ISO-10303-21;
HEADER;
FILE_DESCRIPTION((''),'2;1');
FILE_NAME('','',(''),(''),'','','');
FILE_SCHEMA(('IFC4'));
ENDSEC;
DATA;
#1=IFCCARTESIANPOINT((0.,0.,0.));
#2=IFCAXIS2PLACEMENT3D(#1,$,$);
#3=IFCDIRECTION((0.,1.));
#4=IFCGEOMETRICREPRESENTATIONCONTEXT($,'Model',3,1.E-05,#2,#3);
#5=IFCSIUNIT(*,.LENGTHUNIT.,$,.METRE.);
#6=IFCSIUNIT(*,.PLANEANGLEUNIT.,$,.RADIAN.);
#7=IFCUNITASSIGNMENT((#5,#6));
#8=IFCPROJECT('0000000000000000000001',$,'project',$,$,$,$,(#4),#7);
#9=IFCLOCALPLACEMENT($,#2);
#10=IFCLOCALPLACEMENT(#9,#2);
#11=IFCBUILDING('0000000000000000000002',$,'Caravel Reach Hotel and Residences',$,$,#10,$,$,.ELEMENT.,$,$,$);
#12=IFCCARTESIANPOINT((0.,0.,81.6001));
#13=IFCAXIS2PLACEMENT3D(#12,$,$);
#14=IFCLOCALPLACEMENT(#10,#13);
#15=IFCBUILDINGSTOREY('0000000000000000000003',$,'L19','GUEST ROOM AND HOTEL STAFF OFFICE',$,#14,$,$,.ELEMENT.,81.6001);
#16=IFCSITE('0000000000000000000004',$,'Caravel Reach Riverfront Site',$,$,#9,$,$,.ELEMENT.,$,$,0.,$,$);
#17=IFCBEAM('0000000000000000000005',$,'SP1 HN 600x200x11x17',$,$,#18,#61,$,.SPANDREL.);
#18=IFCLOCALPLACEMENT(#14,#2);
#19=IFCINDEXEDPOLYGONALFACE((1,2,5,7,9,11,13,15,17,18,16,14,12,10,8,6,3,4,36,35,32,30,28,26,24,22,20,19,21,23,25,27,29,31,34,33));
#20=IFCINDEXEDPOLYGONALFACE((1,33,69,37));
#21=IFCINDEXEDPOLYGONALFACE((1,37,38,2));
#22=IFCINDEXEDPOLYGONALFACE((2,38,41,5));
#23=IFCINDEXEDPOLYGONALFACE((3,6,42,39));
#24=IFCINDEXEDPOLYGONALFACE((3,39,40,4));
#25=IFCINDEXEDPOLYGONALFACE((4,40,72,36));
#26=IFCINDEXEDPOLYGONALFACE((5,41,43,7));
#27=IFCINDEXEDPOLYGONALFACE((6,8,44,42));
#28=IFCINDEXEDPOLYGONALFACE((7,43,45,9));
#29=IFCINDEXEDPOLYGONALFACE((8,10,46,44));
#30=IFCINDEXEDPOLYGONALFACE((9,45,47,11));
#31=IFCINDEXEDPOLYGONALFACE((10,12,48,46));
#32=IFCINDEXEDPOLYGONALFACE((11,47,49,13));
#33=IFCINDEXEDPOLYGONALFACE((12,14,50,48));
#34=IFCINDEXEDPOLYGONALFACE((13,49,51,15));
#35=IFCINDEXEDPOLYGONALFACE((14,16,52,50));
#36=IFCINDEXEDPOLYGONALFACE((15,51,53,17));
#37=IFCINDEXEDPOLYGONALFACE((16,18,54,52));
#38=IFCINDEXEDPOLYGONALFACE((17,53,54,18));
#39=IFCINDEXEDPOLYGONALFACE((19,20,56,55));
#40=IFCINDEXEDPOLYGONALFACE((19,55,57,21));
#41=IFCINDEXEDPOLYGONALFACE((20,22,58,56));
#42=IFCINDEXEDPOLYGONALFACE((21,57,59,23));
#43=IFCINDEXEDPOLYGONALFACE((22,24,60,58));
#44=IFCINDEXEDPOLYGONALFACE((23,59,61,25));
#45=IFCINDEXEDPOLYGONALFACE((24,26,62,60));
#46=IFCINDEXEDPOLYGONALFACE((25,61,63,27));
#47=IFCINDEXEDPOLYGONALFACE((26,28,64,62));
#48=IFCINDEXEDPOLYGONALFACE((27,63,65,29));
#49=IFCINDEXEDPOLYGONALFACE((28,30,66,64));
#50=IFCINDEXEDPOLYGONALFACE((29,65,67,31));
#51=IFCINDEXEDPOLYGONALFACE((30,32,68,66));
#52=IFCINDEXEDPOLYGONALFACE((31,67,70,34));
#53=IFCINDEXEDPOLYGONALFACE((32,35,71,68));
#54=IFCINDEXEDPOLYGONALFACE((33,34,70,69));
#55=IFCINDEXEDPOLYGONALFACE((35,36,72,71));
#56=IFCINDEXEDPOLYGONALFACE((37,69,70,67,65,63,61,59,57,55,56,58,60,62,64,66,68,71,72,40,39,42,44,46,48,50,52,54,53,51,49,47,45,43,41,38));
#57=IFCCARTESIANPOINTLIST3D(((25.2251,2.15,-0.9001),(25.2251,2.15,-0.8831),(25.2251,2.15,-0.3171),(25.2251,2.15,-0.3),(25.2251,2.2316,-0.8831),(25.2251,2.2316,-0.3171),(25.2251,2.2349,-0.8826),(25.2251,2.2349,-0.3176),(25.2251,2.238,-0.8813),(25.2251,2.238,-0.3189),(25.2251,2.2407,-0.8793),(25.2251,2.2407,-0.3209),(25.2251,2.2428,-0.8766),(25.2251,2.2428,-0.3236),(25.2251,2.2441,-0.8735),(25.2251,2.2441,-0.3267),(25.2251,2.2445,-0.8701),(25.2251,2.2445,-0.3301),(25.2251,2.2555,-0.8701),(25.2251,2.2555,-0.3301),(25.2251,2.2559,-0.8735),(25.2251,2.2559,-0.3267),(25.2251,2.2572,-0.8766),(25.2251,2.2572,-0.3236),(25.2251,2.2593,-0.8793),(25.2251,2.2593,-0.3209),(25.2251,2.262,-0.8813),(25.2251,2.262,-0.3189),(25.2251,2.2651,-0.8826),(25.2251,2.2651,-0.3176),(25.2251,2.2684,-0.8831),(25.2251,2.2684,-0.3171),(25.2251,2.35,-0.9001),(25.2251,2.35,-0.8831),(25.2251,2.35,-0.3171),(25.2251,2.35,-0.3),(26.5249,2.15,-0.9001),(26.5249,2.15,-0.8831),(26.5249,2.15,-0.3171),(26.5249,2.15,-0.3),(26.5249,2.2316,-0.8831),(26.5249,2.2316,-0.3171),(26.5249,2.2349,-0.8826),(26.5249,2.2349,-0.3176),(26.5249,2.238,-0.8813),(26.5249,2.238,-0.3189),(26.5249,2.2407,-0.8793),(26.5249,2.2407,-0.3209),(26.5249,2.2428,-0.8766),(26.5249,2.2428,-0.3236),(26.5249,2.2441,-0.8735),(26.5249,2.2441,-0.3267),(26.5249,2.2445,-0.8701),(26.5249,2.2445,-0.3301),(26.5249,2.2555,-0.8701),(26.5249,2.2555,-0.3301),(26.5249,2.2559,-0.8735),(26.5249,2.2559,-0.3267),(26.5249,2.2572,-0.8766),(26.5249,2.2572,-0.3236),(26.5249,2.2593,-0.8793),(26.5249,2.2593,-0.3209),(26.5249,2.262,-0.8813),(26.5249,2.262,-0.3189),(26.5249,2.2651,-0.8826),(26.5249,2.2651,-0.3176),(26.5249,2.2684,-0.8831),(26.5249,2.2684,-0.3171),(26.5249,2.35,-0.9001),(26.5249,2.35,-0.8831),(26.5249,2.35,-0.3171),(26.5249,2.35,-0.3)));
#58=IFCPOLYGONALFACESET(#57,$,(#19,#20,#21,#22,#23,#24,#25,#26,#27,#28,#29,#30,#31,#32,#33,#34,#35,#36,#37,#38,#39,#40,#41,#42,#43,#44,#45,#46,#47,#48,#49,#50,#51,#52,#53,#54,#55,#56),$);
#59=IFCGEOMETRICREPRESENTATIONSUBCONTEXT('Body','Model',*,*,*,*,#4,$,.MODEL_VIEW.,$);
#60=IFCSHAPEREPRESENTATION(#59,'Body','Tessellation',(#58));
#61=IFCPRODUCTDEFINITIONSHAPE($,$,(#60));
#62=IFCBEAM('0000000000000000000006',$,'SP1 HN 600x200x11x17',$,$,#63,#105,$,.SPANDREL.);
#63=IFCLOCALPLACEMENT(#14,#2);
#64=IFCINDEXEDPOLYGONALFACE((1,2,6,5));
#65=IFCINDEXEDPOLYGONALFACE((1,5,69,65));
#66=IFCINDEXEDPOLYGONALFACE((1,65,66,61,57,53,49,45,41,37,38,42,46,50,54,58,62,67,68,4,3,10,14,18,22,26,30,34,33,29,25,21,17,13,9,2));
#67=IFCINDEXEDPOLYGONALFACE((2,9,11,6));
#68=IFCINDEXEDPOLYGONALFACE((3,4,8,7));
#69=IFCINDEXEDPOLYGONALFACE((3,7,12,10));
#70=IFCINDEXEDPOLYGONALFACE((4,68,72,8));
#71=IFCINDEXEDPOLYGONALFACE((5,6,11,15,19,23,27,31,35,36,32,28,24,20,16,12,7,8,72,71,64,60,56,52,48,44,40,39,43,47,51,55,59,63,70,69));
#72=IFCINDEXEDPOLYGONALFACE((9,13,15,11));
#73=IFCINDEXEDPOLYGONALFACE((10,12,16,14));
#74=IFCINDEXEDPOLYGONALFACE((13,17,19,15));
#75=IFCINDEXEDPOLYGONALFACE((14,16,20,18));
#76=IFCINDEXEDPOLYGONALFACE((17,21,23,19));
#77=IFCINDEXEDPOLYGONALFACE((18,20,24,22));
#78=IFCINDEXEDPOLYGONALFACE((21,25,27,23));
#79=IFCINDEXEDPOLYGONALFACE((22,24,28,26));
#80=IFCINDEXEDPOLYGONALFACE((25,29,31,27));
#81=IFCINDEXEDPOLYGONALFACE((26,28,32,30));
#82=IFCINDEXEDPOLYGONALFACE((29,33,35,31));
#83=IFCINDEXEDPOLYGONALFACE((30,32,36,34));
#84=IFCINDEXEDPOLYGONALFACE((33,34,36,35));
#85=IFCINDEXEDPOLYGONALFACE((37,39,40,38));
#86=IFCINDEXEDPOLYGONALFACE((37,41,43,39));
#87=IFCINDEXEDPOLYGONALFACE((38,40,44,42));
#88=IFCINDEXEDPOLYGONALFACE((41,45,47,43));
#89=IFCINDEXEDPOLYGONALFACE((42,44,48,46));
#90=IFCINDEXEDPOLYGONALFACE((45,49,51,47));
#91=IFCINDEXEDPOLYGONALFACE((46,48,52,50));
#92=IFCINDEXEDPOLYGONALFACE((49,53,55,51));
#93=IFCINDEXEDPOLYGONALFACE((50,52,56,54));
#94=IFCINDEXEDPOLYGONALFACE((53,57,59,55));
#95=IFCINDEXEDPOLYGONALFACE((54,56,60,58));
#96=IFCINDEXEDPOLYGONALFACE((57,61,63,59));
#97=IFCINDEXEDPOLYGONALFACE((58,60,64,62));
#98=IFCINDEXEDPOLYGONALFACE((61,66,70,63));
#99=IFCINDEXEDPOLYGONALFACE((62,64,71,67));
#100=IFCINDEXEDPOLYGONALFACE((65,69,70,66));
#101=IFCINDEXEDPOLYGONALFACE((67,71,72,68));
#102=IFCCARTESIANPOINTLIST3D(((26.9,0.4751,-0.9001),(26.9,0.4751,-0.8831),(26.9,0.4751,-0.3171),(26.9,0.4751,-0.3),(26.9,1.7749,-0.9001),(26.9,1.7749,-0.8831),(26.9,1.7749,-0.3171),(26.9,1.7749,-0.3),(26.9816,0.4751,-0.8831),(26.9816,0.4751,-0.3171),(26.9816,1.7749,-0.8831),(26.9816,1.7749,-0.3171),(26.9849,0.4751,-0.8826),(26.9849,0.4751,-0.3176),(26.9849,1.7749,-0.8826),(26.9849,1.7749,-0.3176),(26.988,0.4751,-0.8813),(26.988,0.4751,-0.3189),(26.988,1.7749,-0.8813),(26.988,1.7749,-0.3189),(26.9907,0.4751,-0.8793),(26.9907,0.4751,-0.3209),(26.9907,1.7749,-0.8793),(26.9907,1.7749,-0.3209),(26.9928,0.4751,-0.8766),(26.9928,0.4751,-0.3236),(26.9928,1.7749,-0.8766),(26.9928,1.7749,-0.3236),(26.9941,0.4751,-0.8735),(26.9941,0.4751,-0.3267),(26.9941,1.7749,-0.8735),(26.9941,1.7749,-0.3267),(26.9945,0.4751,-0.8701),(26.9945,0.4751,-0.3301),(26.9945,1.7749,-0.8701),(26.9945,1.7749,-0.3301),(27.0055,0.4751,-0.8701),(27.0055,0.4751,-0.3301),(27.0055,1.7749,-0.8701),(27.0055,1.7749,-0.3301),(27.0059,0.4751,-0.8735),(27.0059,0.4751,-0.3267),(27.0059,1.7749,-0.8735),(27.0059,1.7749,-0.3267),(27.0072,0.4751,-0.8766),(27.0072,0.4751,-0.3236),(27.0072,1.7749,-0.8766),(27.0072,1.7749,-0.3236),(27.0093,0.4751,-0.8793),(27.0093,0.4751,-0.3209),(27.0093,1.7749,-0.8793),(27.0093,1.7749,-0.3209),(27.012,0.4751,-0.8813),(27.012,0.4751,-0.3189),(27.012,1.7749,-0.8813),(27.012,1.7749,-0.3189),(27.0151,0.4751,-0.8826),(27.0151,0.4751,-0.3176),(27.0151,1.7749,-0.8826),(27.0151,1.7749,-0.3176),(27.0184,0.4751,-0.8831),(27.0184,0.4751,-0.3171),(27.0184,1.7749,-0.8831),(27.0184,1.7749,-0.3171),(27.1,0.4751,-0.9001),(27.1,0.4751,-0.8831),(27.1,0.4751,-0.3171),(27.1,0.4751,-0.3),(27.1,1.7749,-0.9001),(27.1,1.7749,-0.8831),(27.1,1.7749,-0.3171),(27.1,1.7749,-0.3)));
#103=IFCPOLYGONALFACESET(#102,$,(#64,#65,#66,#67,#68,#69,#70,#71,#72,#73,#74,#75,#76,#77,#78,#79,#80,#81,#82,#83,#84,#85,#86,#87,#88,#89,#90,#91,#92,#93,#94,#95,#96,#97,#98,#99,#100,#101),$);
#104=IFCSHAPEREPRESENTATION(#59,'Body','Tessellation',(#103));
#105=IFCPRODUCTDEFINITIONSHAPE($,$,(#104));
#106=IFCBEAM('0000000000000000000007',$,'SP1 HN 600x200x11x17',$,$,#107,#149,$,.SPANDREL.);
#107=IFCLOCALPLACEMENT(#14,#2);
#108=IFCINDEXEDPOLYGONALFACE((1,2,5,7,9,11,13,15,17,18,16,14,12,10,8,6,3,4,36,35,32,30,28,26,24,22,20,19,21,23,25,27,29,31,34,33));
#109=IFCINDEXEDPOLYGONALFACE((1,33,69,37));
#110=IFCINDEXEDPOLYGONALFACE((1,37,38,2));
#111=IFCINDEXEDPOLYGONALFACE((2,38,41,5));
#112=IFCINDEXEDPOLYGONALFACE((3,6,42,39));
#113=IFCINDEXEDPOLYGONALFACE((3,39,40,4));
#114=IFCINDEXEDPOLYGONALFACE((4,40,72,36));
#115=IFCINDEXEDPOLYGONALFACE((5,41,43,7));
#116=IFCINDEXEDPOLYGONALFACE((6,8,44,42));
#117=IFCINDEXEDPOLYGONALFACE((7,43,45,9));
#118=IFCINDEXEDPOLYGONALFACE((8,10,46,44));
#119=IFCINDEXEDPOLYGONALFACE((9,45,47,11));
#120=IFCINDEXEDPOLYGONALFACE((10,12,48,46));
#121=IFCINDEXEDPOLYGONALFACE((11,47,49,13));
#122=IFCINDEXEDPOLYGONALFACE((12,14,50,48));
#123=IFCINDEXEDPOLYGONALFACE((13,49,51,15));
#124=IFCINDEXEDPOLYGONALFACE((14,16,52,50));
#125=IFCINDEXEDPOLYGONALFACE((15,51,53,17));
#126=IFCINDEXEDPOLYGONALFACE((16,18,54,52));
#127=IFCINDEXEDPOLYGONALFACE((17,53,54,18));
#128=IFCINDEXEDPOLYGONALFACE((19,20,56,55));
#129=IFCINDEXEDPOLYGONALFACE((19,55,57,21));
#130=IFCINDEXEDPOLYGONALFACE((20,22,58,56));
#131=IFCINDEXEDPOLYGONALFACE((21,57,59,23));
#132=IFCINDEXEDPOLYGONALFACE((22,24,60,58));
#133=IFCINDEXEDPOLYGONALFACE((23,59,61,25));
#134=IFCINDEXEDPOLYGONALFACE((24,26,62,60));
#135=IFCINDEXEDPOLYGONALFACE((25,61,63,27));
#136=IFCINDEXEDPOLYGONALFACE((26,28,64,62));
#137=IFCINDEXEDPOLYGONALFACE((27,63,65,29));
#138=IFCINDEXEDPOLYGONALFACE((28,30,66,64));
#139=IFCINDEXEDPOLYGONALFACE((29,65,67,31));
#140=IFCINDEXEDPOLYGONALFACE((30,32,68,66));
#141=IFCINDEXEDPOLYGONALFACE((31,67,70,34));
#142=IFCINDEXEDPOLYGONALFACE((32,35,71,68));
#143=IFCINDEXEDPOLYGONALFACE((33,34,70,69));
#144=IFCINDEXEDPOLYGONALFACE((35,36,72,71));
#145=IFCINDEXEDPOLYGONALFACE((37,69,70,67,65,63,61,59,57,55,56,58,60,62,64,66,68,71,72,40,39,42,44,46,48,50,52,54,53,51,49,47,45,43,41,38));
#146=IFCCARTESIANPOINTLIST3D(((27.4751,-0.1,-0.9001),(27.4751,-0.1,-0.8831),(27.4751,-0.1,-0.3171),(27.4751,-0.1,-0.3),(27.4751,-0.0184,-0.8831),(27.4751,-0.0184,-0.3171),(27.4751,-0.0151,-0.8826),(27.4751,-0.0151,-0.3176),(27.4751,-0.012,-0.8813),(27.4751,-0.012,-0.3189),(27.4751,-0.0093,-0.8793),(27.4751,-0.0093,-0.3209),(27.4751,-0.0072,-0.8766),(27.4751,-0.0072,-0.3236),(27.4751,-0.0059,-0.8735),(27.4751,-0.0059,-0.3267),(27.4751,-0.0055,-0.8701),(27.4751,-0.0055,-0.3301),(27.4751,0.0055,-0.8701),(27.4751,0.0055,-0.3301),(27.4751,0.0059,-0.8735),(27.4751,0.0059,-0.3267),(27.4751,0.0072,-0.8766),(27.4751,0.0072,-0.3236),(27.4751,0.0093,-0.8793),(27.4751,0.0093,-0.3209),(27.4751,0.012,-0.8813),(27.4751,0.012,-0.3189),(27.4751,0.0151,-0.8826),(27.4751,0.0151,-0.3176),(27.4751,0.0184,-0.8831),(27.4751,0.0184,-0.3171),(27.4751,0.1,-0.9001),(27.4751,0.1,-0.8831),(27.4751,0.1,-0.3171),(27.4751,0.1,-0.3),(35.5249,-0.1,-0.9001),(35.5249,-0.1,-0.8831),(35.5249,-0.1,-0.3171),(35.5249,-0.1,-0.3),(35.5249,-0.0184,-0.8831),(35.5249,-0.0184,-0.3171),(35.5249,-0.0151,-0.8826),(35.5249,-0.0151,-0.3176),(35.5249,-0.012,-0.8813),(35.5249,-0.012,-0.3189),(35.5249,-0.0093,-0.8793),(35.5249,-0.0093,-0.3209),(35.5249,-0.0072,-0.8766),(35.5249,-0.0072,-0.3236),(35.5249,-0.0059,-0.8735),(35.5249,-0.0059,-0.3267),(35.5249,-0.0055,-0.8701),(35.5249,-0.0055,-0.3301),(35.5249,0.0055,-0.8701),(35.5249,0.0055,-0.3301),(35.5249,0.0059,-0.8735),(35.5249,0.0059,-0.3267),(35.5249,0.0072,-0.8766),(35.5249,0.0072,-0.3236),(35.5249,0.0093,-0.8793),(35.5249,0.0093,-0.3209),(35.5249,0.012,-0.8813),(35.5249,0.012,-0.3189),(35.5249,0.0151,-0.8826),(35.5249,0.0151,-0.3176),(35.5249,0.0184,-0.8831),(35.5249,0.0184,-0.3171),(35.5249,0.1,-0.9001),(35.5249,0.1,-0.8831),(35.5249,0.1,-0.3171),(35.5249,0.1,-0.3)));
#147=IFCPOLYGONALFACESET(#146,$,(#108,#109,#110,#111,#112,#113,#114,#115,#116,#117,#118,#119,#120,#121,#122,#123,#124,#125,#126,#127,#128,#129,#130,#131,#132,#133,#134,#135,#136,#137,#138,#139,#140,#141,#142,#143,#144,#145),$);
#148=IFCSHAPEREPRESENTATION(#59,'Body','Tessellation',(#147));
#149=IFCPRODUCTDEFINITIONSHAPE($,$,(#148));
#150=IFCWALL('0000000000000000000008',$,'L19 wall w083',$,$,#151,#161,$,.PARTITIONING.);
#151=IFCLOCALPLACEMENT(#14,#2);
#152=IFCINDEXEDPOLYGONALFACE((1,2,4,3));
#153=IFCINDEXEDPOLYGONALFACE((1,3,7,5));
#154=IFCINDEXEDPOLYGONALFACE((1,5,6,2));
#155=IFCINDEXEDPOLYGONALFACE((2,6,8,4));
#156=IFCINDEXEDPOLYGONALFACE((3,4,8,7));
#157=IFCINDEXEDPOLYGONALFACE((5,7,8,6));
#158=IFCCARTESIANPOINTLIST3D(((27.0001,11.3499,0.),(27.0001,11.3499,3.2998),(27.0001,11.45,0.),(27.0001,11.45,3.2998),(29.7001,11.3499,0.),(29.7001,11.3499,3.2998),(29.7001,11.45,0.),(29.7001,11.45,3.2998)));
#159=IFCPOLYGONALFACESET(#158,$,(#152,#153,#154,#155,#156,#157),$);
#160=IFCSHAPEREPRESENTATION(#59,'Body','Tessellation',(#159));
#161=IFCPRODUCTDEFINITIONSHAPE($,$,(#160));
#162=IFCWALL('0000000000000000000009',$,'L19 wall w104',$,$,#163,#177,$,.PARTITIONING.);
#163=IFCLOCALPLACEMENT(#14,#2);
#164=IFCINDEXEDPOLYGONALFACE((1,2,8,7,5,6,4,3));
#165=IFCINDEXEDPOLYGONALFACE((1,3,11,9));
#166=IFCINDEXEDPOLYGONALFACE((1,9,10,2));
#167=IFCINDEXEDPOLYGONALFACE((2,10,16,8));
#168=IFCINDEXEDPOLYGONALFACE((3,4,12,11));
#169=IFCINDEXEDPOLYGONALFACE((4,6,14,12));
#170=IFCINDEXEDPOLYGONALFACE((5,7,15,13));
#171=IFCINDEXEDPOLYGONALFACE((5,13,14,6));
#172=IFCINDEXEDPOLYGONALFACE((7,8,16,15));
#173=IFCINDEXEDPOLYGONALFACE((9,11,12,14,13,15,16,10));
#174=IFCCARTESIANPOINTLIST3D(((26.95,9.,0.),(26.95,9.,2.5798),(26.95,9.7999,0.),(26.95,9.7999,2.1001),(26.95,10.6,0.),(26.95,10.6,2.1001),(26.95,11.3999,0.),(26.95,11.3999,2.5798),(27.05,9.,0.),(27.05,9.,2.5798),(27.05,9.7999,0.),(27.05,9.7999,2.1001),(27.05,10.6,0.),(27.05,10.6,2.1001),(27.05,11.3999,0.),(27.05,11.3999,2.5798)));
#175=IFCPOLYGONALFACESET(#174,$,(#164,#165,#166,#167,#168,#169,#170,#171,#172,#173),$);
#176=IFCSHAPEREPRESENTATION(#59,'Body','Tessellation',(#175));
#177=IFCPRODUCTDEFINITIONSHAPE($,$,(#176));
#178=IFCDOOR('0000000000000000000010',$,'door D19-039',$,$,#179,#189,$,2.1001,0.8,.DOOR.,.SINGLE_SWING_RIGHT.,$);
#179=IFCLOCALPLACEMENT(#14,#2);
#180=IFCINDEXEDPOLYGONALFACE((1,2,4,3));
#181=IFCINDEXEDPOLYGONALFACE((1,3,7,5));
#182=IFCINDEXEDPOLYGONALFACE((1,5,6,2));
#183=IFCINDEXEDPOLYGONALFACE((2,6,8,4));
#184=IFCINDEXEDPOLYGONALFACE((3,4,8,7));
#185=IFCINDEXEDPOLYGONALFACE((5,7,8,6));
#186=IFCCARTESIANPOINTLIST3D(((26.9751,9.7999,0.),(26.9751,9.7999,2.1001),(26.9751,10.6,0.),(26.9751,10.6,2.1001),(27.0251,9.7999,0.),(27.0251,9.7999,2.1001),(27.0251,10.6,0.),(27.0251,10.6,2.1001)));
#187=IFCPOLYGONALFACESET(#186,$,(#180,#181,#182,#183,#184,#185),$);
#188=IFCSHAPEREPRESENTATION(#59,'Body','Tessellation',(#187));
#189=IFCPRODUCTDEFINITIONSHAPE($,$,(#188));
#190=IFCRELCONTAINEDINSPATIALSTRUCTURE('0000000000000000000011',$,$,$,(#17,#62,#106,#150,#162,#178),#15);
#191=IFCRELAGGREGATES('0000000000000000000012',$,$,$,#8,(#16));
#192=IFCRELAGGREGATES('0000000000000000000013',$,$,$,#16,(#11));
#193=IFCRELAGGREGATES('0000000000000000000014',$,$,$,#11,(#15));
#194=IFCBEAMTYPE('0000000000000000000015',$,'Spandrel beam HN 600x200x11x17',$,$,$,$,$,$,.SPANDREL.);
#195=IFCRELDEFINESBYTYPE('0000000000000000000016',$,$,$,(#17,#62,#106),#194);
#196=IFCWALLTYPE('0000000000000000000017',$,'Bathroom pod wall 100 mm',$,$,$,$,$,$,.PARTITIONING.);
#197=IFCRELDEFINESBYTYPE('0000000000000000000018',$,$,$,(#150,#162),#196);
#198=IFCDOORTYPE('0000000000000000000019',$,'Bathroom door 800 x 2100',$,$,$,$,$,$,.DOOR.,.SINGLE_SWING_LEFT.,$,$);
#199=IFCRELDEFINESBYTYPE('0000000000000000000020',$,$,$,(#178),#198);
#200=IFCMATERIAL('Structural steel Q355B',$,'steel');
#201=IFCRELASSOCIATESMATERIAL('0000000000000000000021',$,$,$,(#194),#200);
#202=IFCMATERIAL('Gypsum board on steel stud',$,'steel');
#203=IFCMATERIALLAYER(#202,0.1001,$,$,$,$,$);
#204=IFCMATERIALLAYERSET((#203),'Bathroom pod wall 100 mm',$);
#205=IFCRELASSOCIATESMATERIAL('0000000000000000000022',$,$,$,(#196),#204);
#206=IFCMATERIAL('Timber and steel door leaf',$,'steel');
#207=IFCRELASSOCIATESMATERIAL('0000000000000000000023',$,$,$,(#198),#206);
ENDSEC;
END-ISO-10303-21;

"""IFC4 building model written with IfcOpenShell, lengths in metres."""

from ifc_helpers import new_model, si_unit, direction, frame, frame_2d, origin, origin_2d, place, context, subcontext, project, spatial, rectangle, i_section, extrude, material, layer, layer_set, material_profile, profile_set, type_object, element, fill, save


model = new_model("IFC4")

# Units and contexts
model_context = context("Model", 3, precision=1e-05, world=origin(), true_north=direction((0.0, 1.0)))
body_context = subcontext(model_context, "Body", "Model", "MODEL_VIEW")
ifc_project = project(units=[si_unit("LENGTHUNIT", "METRE"), si_unit("PLANEANGLEUNIT", "RADIAN")], contexts=[model_context])

# Site, building, storey
site_placement = place(None, origin())
site = spatial("IfcSite", under=ifc_project, at=site_placement, Name="Caravel Reach Riverfront Site", CompositionType="ELEMENT", RefElevation=0.0)
building_placement = place(site_placement, origin())
building = spatial("IfcBuilding", under=site, at=building_placement, Name="Caravel Reach Hotel and Residences", CompositionType="ELEMENT")
storey_placement = place(building_placement, frame((0.0, 0.0, 81.6001)))
storey = spatial("IfcBuildingStorey", under=building, at=storey_placement, Name="L19", Description="GUEST ROOM AND HOTEL STAFF OFFICE", CompositionType="ELEMENT", Elevation=81.6001)

# Beams
ifc_material_1 = material(Name="Structural steel Q355B", Category="steel")
ifc_material_profile_1 = material_profile(ifc_material_1, i_section(OverallWidth=0.2, OverallDepth=0.6001, WebThickness=0.011, FlangeThickness=0.0171, FilletRadius=0.0129, at=origin_2d()), Name="HN 600x200x11x17")
ifc_profile_set_1 = profile_set([ifc_material_profile_1], Name="Structural steel Q355B")
beam_type = type_object("IfcBeamType", Name="Spandrel beam HN 600x200x11x17", PredefinedType="SPANDREL", material=ifc_profile_set_1)
for number, where, z_axis, x_axis, name in (
    (1, (25.2251, 2.25, -0.6001), (1.0, 0.0, 0.0), (0.0, 1.0, 0.0), "SP1 HN 600x200x11x17"),
    (2, (27.0, 1.7749, -0.6001), (0.0, -1.0, 0.0), (1.0, 0.0, 0.0), "SP1 HN 600x200x11x17"),
):
    element("IfcBeam", number, at=place(storey_placement, frame(where, z_axis=z_axis, x_axis=x_axis)), inside=storey, type_object=beam_type, Name=name, PredefinedType="SPANDREL", context=body_context, shape_type="SweptSolid", body=[
        extrude(i_section(OverallWidth=0.2, OverallDepth=0.6001, WebThickness=0.011, FlangeThickness=0.0171, FilletRadius=0.0129, at=origin_2d()), origin(), (0.0, 0.0, 1.0), 1.2998),
    ])
beam_placement = place(storey_placement, frame((27.4751, 0.0, -0.6001), z_axis=(1.0, 0.0, 0.0), x_axis=(0.0, 1.0, 0.0)))
element("IfcBeam", 3, at=beam_placement, inside=storey, type_object=beam_type, Name="SP1 HN 600x200x11x17", PredefinedType="SPANDREL", context=body_context, shape_type="SweptSolid", body=[
    extrude(i_section(OverallWidth=0.2, OverallDepth=0.6001, WebThickness=0.011, FlangeThickness=0.0171, FilletRadius=0.0129, at=origin_2d()), origin(), (0.0, 0.0, 1.0), 8.0498),
])

# Wall
ifc_material_2 = material(Name="Gypsum board on steel stud", Category="steel")
ifc_layer_1 = layer(ifc_material_2, 0.1001)
ifc_layer_set_1 = layer_set([ifc_layer_1], Name="Bathroom pod wall 100 mm")
wall_type_1 = type_object("IfcWallType", Name="Bathroom pod wall 100 mm", PredefinedType="PARTITIONING", material=ifc_layer_set_1)
wall_1_placement = place(storey_placement, frame((27.0, 11.3999, 0.0), z_axis=(0.0, 0.0, 1.0), x_axis=(1.0, 0.0, 0.0)))
element("IfcWall", 4, at=wall_1_placement, inside=storey, type_object=wall_type_1, Name="L19 wall w083", PredefinedType="PARTITIONING", context=body_context, shape_type="SweptSolid", body=[
    extrude(rectangle(XDim=2.7, YDim=0.1001, at=frame_2d((1.3501, 0.0))), origin(), (0.0, 0.0, 1.0), 3.2998),
])

# Wall, opening, door
wall_2_placement = place(storey_placement, frame((27.0, 9.0, 0.0), z_axis=(0.0, 0.0, 1.0), x_axis=(0.0, 1.0, 0.0)))
wall_2 = element("IfcWall", 5, at=wall_2_placement, inside=storey, type_object=wall_type_1, Name="L19 wall w104", PredefinedType="PARTITIONING", context=body_context, shape_type="SweptSolid", body=[
    extrude(rectangle(XDim=2.3999, YDim=0.1001, at=frame_2d((1.2, 0.0))), origin(), (0.0, 0.0, 1.0), 2.5798),
])
opening_1_placement = place(wall_2_placement, frame((0.8, 0.0, 0.0)))
opening_1 = element("IfcOpeningElement", 6, at=opening_1_placement, cuts=wall_2, PredefinedType="OPENING", context=body_context, shape_type="SweptSolid", body=[
    extrude(rectangle(XDim=0.8, YDim=2.1001, at=frame_2d((0.3999, 1.05))), frame((0.0, 0.0601, 0.0), z_axis=(0.0, -1.0, 0.0), x_axis=(1.0, 0.0, 0.0)), (0.0, 0.0, 1.0), 0.1201),
])
ifc_material_3 = material(Name="Timber and steel door leaf", Category="steel")
door_type_1 = type_object("IfcDoorType", Name="Bathroom door 800 x 2100", OperationType="SINGLE_SWING_LEFT", PredefinedType="DOOR", material=ifc_material_3)
door_1_placement = place(opening_1_placement, origin())
door_1 = element("IfcDoor", 7, at=door_1_placement, inside=storey, type_object=door_type_1, Name="door D19-039", OperationType="SINGLE_SWING_RIGHT", OverallHeight=2.1001, OverallWidth=0.8, PredefinedType="DOOR", context=body_context, shape_type="SweptSolid", body=[
    extrude(rectangle(XDim=0.8, YDim=2.1001, at=frame_2d((0.3999, 1.05))), frame((0.0, 0.0249, 0.0), z_axis=(0.0, -1.0, 0.0), x_axis=(1.0, 0.0, 0.0)), (0.0, 0.0, 1.0), 0.05),
])
fill(opening_1, door_1)

save(model, "model.ifc")
